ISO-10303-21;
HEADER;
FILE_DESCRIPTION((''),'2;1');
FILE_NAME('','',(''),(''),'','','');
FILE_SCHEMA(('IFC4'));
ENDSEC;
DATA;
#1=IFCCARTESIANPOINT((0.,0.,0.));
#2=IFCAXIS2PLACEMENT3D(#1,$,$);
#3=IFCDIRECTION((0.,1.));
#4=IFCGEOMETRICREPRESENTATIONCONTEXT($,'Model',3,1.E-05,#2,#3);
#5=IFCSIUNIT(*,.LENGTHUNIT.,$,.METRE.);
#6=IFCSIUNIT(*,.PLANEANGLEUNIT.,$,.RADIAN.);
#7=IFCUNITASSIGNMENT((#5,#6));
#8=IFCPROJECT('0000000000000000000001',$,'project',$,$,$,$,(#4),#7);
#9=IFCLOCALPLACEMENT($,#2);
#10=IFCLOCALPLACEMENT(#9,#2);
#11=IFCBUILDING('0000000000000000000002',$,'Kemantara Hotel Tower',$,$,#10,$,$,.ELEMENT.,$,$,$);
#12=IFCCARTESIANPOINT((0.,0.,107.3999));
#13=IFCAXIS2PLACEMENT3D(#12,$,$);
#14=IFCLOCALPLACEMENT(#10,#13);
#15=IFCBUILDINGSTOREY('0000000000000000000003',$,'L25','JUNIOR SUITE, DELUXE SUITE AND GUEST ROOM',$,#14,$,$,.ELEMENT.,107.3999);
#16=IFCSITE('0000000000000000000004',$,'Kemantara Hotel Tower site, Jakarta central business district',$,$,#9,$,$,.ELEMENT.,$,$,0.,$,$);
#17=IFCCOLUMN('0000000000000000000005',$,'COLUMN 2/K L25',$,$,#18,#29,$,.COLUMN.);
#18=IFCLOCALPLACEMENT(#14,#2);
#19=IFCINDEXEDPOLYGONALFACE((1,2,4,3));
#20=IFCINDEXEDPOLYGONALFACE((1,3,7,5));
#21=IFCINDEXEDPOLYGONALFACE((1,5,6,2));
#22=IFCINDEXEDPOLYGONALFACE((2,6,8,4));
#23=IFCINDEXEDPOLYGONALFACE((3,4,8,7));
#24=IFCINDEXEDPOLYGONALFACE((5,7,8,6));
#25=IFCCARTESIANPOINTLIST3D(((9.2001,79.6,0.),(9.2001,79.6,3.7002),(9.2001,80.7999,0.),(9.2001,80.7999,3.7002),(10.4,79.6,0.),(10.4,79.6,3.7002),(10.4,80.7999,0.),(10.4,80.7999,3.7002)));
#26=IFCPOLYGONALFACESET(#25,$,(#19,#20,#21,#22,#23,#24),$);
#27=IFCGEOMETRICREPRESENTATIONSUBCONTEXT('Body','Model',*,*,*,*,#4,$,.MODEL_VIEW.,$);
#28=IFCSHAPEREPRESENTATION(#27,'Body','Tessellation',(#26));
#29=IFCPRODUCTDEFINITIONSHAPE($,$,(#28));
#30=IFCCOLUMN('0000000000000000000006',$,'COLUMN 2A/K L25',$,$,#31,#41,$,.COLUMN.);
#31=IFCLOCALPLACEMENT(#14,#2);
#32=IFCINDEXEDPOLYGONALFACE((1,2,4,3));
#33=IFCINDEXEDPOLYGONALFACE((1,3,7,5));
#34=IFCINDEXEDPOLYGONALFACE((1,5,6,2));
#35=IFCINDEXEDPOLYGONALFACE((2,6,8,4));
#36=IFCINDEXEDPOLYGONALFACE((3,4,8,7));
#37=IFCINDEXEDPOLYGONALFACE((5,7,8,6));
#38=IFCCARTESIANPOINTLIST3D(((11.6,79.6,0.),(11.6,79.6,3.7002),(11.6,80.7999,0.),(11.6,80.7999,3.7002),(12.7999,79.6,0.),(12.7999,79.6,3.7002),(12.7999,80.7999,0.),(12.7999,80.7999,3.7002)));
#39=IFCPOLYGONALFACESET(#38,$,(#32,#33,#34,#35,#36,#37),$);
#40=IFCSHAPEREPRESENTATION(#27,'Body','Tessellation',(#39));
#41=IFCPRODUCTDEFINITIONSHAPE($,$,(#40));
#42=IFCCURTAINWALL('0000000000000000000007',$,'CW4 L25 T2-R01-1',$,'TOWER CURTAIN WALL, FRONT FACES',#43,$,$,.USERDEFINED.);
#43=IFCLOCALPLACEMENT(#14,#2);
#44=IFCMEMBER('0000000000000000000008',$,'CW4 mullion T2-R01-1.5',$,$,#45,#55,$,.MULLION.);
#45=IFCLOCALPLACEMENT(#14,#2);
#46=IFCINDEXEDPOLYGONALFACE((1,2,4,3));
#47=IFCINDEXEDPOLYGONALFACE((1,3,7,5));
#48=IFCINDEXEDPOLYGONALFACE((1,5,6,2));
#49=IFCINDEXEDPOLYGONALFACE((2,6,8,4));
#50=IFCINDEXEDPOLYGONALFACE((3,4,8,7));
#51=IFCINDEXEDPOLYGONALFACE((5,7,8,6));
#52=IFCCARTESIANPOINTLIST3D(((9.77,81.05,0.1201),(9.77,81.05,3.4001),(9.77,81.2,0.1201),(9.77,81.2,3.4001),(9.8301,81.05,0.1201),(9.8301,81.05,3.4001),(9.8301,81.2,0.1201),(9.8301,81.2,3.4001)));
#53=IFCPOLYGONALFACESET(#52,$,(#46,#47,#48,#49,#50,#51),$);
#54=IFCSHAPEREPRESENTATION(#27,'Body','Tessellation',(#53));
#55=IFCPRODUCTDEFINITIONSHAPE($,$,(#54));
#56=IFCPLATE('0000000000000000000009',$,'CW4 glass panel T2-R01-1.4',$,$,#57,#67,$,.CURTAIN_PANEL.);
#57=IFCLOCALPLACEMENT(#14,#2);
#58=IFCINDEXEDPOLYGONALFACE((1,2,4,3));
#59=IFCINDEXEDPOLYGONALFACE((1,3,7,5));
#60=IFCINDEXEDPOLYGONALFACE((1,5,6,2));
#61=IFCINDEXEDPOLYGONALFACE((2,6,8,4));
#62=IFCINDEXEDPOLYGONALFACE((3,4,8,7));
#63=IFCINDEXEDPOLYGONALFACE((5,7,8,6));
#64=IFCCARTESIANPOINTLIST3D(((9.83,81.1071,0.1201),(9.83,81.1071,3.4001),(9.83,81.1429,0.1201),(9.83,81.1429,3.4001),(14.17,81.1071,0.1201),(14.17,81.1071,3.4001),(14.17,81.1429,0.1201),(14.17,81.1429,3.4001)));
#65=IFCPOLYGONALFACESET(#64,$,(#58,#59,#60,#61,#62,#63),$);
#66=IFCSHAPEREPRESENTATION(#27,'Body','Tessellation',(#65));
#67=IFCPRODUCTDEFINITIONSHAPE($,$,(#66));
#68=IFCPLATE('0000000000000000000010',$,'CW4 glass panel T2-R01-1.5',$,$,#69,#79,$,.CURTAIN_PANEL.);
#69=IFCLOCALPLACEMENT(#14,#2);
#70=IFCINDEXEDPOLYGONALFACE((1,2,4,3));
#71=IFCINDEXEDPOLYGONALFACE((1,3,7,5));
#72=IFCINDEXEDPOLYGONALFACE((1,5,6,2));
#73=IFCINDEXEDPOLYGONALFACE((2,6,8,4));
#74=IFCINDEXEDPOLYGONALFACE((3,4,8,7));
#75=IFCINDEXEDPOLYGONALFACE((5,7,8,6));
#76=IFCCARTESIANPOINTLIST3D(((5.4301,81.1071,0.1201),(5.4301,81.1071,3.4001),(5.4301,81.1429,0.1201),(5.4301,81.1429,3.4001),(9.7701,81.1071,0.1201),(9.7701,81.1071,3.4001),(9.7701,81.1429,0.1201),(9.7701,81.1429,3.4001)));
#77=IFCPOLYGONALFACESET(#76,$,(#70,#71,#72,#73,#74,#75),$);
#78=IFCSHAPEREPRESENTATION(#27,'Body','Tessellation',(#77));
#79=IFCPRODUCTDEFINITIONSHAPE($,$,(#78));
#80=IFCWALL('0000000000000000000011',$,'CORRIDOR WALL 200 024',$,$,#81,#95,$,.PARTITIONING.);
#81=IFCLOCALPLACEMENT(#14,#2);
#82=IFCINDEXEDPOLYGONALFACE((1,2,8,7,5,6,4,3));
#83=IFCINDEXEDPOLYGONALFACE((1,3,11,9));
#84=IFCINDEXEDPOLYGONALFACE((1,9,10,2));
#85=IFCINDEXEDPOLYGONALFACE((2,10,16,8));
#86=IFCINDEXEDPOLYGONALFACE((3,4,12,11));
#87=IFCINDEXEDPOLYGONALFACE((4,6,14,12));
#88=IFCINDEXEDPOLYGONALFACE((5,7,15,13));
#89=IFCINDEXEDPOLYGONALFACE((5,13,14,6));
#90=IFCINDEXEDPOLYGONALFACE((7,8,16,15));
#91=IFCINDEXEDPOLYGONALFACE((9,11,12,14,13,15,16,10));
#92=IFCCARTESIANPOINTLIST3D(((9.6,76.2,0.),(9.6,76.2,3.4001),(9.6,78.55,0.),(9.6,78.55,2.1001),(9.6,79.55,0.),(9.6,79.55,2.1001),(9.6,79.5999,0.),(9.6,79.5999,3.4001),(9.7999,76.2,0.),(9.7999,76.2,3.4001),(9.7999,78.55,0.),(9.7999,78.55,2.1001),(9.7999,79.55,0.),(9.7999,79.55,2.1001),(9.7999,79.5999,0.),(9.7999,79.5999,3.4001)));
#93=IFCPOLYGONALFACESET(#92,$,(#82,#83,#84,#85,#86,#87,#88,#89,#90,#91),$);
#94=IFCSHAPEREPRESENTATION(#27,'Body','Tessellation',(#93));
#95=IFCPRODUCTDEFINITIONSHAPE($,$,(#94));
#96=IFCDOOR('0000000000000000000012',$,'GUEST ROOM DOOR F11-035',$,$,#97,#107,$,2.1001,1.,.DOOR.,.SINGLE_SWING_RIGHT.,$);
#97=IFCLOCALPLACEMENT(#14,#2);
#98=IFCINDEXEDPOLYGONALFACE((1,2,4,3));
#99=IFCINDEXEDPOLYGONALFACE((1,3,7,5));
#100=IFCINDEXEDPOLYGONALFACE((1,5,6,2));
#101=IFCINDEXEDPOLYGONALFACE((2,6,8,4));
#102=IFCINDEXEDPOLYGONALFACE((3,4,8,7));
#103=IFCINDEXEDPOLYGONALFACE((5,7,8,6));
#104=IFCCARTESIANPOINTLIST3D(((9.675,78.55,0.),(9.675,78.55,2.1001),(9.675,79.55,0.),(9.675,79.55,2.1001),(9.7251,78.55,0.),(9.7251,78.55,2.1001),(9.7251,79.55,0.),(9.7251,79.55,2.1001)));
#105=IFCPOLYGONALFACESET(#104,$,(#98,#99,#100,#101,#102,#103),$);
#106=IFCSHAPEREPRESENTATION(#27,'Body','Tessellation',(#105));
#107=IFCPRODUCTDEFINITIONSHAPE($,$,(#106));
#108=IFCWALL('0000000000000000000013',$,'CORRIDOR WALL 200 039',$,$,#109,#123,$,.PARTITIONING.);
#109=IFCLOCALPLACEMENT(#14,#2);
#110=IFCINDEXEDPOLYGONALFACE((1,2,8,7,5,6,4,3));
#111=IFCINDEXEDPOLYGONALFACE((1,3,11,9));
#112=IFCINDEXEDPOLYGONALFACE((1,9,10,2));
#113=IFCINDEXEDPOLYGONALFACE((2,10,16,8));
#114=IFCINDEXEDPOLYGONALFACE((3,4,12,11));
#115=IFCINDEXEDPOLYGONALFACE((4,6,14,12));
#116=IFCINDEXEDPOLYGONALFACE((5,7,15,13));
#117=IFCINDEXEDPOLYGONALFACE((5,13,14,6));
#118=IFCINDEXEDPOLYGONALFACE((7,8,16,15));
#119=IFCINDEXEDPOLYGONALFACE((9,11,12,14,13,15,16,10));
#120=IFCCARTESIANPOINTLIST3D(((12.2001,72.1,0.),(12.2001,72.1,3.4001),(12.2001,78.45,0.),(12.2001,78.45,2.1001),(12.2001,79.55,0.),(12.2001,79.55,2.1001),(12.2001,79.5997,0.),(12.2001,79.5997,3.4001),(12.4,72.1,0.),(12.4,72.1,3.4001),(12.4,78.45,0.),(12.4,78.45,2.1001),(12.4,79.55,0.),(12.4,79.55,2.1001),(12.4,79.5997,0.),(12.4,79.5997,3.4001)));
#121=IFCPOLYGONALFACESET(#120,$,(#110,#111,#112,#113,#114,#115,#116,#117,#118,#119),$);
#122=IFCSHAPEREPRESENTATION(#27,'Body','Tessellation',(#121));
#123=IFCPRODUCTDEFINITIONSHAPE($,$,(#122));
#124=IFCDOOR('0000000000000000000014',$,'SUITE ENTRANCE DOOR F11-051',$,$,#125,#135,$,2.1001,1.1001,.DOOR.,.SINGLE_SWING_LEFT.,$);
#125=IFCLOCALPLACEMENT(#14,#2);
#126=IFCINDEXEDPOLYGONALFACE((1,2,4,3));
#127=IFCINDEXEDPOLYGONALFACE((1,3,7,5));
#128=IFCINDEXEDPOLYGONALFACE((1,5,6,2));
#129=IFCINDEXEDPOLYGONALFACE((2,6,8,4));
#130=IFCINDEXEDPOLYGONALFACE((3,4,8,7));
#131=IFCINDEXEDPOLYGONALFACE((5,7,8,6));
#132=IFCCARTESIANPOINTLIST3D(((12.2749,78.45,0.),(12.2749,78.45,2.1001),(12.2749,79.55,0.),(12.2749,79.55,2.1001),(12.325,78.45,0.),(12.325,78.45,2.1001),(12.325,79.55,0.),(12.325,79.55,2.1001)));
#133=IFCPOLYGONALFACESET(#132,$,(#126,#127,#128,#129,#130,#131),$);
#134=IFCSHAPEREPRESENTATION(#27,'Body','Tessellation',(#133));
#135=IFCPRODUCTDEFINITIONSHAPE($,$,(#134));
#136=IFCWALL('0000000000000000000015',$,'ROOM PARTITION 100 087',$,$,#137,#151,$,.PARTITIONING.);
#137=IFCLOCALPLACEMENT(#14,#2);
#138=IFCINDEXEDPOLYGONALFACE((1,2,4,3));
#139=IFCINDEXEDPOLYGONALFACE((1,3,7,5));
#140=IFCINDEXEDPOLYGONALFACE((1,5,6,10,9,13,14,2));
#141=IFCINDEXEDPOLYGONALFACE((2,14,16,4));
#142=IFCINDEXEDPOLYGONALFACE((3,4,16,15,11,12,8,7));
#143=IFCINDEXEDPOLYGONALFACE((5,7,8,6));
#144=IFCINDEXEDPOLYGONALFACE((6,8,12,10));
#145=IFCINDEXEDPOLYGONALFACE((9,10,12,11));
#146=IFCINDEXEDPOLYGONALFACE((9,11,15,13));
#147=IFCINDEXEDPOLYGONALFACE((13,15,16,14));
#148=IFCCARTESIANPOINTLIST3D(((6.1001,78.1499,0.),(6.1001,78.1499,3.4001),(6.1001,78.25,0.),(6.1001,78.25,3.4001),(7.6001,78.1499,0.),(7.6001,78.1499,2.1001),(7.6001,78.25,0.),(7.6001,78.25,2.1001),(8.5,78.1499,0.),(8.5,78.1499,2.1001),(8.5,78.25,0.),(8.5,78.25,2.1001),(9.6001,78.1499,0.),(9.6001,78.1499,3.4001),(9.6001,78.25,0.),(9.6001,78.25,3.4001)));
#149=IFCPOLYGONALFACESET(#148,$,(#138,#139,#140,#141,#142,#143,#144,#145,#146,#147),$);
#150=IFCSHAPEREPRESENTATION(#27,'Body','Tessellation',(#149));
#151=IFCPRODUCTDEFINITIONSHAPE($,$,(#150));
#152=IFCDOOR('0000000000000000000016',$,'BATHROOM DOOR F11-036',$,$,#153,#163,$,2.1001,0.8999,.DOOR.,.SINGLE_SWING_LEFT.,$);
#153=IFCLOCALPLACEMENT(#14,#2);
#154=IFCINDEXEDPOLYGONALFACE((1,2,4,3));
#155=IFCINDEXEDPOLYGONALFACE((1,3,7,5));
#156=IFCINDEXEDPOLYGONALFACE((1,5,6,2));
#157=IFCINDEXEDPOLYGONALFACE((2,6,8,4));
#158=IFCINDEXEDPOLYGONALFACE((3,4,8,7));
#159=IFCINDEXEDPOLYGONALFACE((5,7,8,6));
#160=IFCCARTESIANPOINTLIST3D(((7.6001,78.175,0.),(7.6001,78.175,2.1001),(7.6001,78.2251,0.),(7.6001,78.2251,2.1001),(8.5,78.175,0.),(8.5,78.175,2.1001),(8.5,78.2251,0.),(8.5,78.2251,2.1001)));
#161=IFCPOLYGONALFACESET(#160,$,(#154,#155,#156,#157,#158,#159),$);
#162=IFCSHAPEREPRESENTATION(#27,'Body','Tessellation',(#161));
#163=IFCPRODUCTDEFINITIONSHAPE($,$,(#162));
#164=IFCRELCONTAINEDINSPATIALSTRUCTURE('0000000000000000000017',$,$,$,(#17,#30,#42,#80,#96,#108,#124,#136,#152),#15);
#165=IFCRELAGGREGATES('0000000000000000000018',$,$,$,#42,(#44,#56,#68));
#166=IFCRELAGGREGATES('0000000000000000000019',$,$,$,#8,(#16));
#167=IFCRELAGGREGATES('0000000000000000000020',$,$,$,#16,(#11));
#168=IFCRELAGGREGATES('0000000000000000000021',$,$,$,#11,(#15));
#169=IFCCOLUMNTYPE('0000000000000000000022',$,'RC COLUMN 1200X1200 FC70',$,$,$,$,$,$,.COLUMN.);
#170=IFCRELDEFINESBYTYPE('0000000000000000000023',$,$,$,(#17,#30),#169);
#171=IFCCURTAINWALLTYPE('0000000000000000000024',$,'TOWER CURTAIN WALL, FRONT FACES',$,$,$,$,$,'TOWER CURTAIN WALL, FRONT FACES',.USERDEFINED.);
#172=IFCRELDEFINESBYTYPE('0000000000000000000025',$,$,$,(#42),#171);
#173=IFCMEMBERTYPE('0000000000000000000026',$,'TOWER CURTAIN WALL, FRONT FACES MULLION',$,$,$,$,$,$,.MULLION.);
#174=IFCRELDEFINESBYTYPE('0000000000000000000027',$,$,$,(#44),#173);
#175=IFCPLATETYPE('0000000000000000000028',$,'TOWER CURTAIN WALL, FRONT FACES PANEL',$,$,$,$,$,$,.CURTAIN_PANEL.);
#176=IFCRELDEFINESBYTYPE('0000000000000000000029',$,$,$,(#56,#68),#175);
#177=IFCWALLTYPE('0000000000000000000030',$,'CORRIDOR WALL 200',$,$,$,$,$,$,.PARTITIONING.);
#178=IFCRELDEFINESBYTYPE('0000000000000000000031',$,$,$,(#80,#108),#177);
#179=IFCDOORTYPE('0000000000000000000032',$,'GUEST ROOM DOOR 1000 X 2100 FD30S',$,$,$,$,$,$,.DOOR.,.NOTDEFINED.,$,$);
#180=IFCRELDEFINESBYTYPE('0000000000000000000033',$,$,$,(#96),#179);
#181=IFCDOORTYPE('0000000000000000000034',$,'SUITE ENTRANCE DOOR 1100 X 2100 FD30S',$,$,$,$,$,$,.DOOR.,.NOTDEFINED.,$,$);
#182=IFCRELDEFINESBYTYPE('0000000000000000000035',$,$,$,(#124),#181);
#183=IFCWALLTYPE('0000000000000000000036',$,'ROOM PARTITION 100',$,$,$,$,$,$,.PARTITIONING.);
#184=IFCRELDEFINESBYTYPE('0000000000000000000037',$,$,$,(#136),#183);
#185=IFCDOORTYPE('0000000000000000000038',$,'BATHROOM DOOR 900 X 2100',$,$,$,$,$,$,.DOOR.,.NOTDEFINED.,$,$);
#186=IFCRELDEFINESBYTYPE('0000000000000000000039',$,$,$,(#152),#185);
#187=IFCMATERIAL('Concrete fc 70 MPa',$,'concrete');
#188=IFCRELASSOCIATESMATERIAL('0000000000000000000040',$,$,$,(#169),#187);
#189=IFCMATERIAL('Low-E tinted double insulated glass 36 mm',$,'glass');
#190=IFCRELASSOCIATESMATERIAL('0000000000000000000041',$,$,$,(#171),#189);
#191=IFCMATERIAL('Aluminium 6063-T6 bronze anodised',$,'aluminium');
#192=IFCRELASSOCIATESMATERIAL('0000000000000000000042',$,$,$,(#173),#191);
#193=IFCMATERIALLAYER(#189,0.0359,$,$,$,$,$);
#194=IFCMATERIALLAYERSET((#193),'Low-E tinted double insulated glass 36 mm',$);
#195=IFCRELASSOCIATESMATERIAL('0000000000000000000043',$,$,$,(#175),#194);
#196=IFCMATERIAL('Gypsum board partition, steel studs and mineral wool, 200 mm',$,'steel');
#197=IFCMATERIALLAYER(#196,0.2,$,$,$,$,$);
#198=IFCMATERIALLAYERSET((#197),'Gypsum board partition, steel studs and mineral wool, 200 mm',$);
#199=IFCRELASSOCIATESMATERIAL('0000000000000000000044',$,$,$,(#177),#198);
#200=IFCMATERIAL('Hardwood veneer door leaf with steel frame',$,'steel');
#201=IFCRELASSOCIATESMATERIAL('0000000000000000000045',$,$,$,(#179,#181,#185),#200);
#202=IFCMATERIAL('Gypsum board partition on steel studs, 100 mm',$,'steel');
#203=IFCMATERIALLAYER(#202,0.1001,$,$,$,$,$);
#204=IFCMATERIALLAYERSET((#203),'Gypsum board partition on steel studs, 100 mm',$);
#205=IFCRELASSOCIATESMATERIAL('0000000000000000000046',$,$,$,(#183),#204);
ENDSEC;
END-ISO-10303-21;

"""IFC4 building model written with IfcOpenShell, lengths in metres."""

from ifc_helpers import new_model, si_unit, direction, frame, frame_2d, origin, origin_2d, place, context, subcontext, project, spatial, rectangle, extrude, source, transform, mapped, material, layer, layer_set, material_profile, profile_set, type_object, element, fill, aggregate, save


model = new_model("IFC4")

# Units and contexts
model_context = context("Model", 3, precision=1e-05, world=origin(), true_north=direction((0.0, 1.0)))
body_context = subcontext(model_context, "Body", "Model", "MODEL_VIEW")
ifc_project = project(units=[si_unit("LENGTHUNIT", "METRE"), si_unit("PLANEANGLEUNIT", "RADIAN")], contexts=[model_context])

# Site, building, storey
site_placement = place(None, origin())
site = spatial("IfcSite", under=ifc_project, at=site_placement, Name="Kemantara Hotel Tower site, Jakarta central business district", CompositionType="ELEMENT", RefElevation=0.0)
building_placement = place(site_placement, origin())
building = spatial("IfcBuilding", under=site, at=building_placement, Name="Kemantara Hotel Tower", CompositionType="ELEMENT")
storey_placement = place(building_placement, frame((0.0, 0.0, 107.3999)))
storey = spatial("IfcBuildingStorey", under=building, at=storey_placement, Name="L25", Description="JUNIOR SUITE, DELUXE SUITE AND GUEST ROOM", CompositionType="ELEMENT", Elevation=107.3999)

# Columns
ifc_material_1 = material(Name="Concrete fc 70 MPa", Category="concrete")
ifc_material_profile_1 = material_profile(ifc_material_1, rectangle(XDim=1.2, YDim=1.2, at=origin_2d()), Name="RC 1200X1200")
ifc_profile_set_1 = profile_set([ifc_material_profile_1], Name="Concrete fc 70 MPa")
column_type = type_object("IfcColumnType", Name="RC COLUMN 1200X1200 FC70", PredefinedType="COLUMN", material=ifc_profile_set_1)
for number, where, z_axis, x_axis, name in (
    (1, (9.8, 80.2, 0.0), (0.0, 0.0, 1.0), (1.0, 0.0, 0.0), "COLUMN 2/K L25"),
    (2, (12.2, 80.2, 0.0), (0.0, 0.0, 1.0), (1.0, 0.0, 0.0), "COLUMN 2A/K L25"),
):
    element("IfcColumn", number, at=place(storey_placement, frame(where, z_axis=z_axis, x_axis=x_axis)), inside=storey, type_object=column_type, Name=name, PredefinedType="COLUMN", context=body_context, shape_type="SweptSolid", body=[
        extrude(rectangle(XDim=1.2, YDim=1.2, at=origin_2d()), origin(), (0.0, 0.0, 1.0), 3.7002),
    ])

# Curtain wall, member, plates
ifc_material_2 = material(Name="Low-E tinted double insulated glass 36 mm", Category="glass")
curtain_wall_type = type_object("IfcCurtainWallType", Name="TOWER CURTAIN WALL, FRONT FACES", ElementType="TOWER CURTAIN WALL, FRONT FACES", PredefinedType="USERDEFINED", material=ifc_material_2)
curtain_wall_placement = place(storey_placement, origin())
curtain_wall = element("IfcCurtainWall", 3, at=curtain_wall_placement, inside=storey, type_object=curtain_wall_type, Name="CW4 L25 T2-R01-1", ObjectType="TOWER CURTAIN WALL, FRONT FACES", PredefinedType="USERDEFINED")
ifc_material_3 = material(Name="Aluminium 6063-T6 bronze anodised", Category="aluminium")
ifc_material_profile_2 = material_profile(ifc_material_3, rectangle(XDim=0.1499, YDim=0.0601, at=origin_2d()), Name="TOWER CURTAIN WALL, FRONT FACES MULLION")
ifc_profile_set_2 = profile_set([ifc_material_profile_2], Name="Aluminium 6063-T6 bronze anodised")
member_type = type_object("IfcMemberType", Name="TOWER CURTAIN WALL, FRONT FACES MULLION", PredefinedType="MULLION", material=ifc_profile_set_2)
shared_shape_1 = source(origin(), body_context, "Body", "SweptSolid", [
    extrude(rectangle(XDim=0.1499, YDim=0.0601, at=origin_2d()), origin(), (0.0, 0.0, 1.0), 3.28),
])
member_placement = place(storey_placement, frame((9.8, 81.125, 0.1201), z_axis=(0.0, 0.0, 1.0), x_axis=(0.0, -1.0, 0.0)))
member = element("IfcMember", 4, at=member_placement, type_object=member_type, Name="CW4 mullion T2-R01-1.5", PredefinedType="MULLION", context=body_context, shape_type="MappedRepresentation", body=[
    mapped(shared_shape_1, transform((0.0, 0.0, 0.0))),
])
ifc_layer_1 = layer(ifc_material_2, 0.0359)
ifc_layer_set_1 = layer_set([ifc_layer_1], Name="Low-E tinted double insulated glass 36 mm")
plate_type = type_object("IfcPlateType", Name="TOWER CURTAIN WALL, FRONT FACES PANEL", PredefinedType="CURTAIN_PANEL", material=ifc_layer_set_1)
shared_shape_2 = source(origin(), body_context, "Body", "SweptSolid", [
    extrude(rectangle(XDim=4.3401, YDim=0.0359, at=origin_2d()), origin(), (0.0, 0.0, 1.0), 3.28),
])
plate_1_placement = place(storey_placement, frame((12.0, 81.125, 0.1201), z_axis=(0.0, 0.0, 1.0), x_axis=(-1.0, 0.0, 0.0)))
plate_1 = element("IfcPlate", 5, at=plate_1_placement, type_object=plate_type, Name="CW4 glass panel T2-R01-1.4", PredefinedType="CURTAIN_PANEL", context=body_context, shape_type="MappedRepresentation", body=[
    mapped(shared_shape_2, transform((0.0, 0.0, 0.0))),
])
plate_2_placement = place(storey_placement, frame((7.6001, 81.125, 0.1201), z_axis=(0.0, 0.0, 1.0), x_axis=(-1.0, 0.0, 0.0)))
plate_2 = element("IfcPlate", 6, at=plate_2_placement, type_object=plate_type, Name="CW4 glass panel T2-R01-1.5", PredefinedType="CURTAIN_PANEL", context=body_context, shape_type="MappedRepresentation", body=[
    mapped(shared_shape_2, transform((0.0, 0.0, 0.0))),
])
aggregate(curtain_wall, [member, plate_1, plate_2])

# Walls, openings, doors
ifc_material_4 = material(Name="Gypsum board partition, steel studs and mineral wool, 200 mm", Category="steel")
ifc_layer_2 = layer(ifc_material_4, 0.2)
ifc_layer_set_2 = layer_set([ifc_layer_2], Name="Gypsum board partition, steel studs and mineral wool, 200 mm")
wall_type_1 = type_object("IfcWallType", Name="CORRIDOR WALL 200", PredefinedType="PARTITIONING", material=ifc_layer_set_2)
wall_1_placement = place(storey_placement, frame((9.7, 76.2, 0.0), z_axis=(0.0, 0.0, 1.0), x_axis=(0.0, 1.0, 0.0)))
wall_1 = element("IfcWall", 7, at=wall_1_placement, inside=storey, type_object=wall_type_1, Name="CORRIDOR WALL 200 024", PredefinedType="PARTITIONING", context=body_context, shape_type="SweptSolid", body=[
    extrude(rectangle(XDim=3.3999, YDim=0.2, at=frame_2d((1.7, 0.0))), origin(), (0.0, 0.0, 1.0), 3.4001),
])
opening_1_placement = place(wall_1_placement, frame((2.3501, 0.0, 0.0)))
opening_1 = element("IfcOpeningElement", 8, at=opening_1_placement, cuts=wall_1, PredefinedType="OPENING", context=body_context, shape_type="SweptSolid", body=[
    extrude(rectangle(XDim=1.0, YDim=2.1001, at=frame_2d((0.5, 1.05))), frame((0.0, 0.1099, 0.0), z_axis=(0.0, -1.0, 0.0), x_axis=(1.0, 0.0, 0.0)), (0.0, 0.0, 1.0), 0.22),
])
ifc_material_5 = material(Name="Hardwood veneer door leaf with steel frame", Category="steel")
door_type_1 = type_object("IfcDoorType", Name="GUEST ROOM DOOR 1000 X 2100 FD30S", OperationType="NOTDEFINED", PredefinedType="DOOR", material=ifc_material_5)
door_1_placement = place(opening_1_placement, origin())
door_1 = element("IfcDoor", 9, at=door_1_placement, inside=storey, type_object=door_type_1, Name="GUEST ROOM DOOR F11-035", OperationType="SINGLE_SWING_RIGHT", OverallHeight=2.1001, OverallWidth=1.0, PredefinedType="DOOR", context=body_context, shape_type="SweptSolid", body=[
    extrude(rectangle(XDim=1.0, YDim=2.1001, at=frame_2d((0.5, 1.05))), frame((0.0, 0.0249, 0.0), z_axis=(0.0, -1.0, 0.0), x_axis=(1.0, 0.0, 0.0)), (0.0, 0.0, 1.0), 0.05),
])
fill(opening_1, door_1)
wall_2_placement = place(storey_placement, frame((12.3, 79.5999, 0.0), z_axis=(0.0, 0.0, 1.0), x_axis=(0.0, -1.0, 0.0)))
wall_2 = element("IfcWall", 10, at=wall_2_placement, inside=storey, type_object=wall_type_1, Name="CORRIDOR WALL 200 039", PredefinedType="PARTITIONING", context=body_context, shape_type="SweptSolid", body=[
    extrude(rectangle(XDim=7.4998, YDim=0.2, at=frame_2d((3.75, 0.0))), origin(), (0.0, 0.0, 1.0), 3.4001),
])
opening_2_placement = place(wall_2_placement, frame((0.0498, 0.0, 0.0)))
opening_2 = element("IfcOpeningElement", 11, at=opening_2_placement, cuts=wall_2, PredefinedType="OPENING", context=body_context, shape_type="SweptSolid", body=[
    extrude(rectangle(XDim=1.1001, YDim=2.1001, at=frame_2d((0.55, 1.05))), frame((0.0, 0.1099, 0.0), z_axis=(0.0, -1.0, 0.0), x_axis=(1.0, 0.0, 0.0)), (0.0, 0.0, 1.0), 0.22),
])
door_type_2 = type_object("IfcDoorType", Name="SUITE ENTRANCE DOOR 1100 X 2100 FD30S", OperationType="NOTDEFINED", PredefinedType="DOOR", material=ifc_material_5)
door_2_placement = place(opening_2_placement, origin())
door_2 = element("IfcDoor", 12, at=door_2_placement, inside=storey, type_object=door_type_2, Name="SUITE ENTRANCE DOOR F11-051", OperationType="SINGLE_SWING_LEFT", OverallHeight=2.1001, OverallWidth=1.1001, PredefinedType="DOOR", context=body_context, shape_type="SweptSolid", body=[
    extrude(rectangle(XDim=1.1001, YDim=2.1001, at=frame_2d((0.55, 1.05))), frame((0.0, 0.0249, 0.0), z_axis=(0.0, -1.0, 0.0), x_axis=(1.0, 0.0, 0.0)), (0.0, 0.0, 1.0), 0.05),
])
fill(opening_2, door_2)
ifc_material_6 = material(Name="Gypsum board partition on steel studs, 100 mm", Category="steel")
ifc_layer_3 = layer(ifc_material_6, 0.1001)
ifc_layer_set_3 = layer_set([ifc_layer_3], Name="Gypsum board partition on steel studs, 100 mm")
wall_type_2 = type_object("IfcWallType", Name="ROOM PARTITION 100", PredefinedType="PARTITIONING", material=ifc_layer_set_3)
wall_3_placement = place(storey_placement, frame((9.6001, 78.2, 0.0), z_axis=(0.0, 0.0, 1.0), x_axis=(-1.0, 0.0, 0.0)))
wall_3 = element("IfcWall", 13, at=wall_3_placement, inside=storey, type_object=wall_type_2, Name="ROOM PARTITION 100 087", PredefinedType="PARTITIONING", context=body_context, shape_type="SweptSolid", body=[
    extrude(rectangle(XDim=3.5, YDim=0.1001, at=frame_2d((1.75, 0.0))), origin(), (0.0, 0.0, 1.0), 3.4001),
])
opening_3_placement = place(wall_3_placement, frame((1.1001, 0.0, 0.0)))
opening_3 = element("IfcOpeningElement", 14, at=opening_3_placement, cuts=wall_3, PredefinedType="OPENING", context=body_context, shape_type="SweptSolid", body=[
    extrude(rectangle(XDim=0.8999, YDim=2.1001, at=frame_2d((0.45, 1.05))), frame((0.0, 0.0601, 0.0), z_axis=(0.0, -1.0, 0.0), x_axis=(1.0, 0.0, 0.0)), (0.0, 0.0, 1.0), 0.1201),
])
door_type_3 = type_object("IfcDoorType", Name="BATHROOM DOOR 900 X 2100", OperationType="NOTDEFINED", PredefinedType="DOOR", material=ifc_material_5)
door_3_placement = place(opening_3_placement, origin())
door_3 = element("IfcDoor", 15, at=door_3_placement, inside=storey, type_object=door_type_3, Name="BATHROOM DOOR F11-036", OperationType="SINGLE_SWING_LEFT", OverallHeight=2.1001, OverallWidth=0.8999, PredefinedType="DOOR", context=body_context, shape_type="SweptSolid", body=[
    extrude(rectangle(XDim=0.8999, YDim=2.1001, at=frame_2d((0.45, 1.05))), frame((0.0, 0.0249, 0.0), z_axis=(0.0, -1.0, 0.0), x_axis=(1.0, 0.0, 0.0)), (0.0, 0.0, 1.0), 0.05),
])
fill(opening_3, door_3)

save(model, "model.ifc")
